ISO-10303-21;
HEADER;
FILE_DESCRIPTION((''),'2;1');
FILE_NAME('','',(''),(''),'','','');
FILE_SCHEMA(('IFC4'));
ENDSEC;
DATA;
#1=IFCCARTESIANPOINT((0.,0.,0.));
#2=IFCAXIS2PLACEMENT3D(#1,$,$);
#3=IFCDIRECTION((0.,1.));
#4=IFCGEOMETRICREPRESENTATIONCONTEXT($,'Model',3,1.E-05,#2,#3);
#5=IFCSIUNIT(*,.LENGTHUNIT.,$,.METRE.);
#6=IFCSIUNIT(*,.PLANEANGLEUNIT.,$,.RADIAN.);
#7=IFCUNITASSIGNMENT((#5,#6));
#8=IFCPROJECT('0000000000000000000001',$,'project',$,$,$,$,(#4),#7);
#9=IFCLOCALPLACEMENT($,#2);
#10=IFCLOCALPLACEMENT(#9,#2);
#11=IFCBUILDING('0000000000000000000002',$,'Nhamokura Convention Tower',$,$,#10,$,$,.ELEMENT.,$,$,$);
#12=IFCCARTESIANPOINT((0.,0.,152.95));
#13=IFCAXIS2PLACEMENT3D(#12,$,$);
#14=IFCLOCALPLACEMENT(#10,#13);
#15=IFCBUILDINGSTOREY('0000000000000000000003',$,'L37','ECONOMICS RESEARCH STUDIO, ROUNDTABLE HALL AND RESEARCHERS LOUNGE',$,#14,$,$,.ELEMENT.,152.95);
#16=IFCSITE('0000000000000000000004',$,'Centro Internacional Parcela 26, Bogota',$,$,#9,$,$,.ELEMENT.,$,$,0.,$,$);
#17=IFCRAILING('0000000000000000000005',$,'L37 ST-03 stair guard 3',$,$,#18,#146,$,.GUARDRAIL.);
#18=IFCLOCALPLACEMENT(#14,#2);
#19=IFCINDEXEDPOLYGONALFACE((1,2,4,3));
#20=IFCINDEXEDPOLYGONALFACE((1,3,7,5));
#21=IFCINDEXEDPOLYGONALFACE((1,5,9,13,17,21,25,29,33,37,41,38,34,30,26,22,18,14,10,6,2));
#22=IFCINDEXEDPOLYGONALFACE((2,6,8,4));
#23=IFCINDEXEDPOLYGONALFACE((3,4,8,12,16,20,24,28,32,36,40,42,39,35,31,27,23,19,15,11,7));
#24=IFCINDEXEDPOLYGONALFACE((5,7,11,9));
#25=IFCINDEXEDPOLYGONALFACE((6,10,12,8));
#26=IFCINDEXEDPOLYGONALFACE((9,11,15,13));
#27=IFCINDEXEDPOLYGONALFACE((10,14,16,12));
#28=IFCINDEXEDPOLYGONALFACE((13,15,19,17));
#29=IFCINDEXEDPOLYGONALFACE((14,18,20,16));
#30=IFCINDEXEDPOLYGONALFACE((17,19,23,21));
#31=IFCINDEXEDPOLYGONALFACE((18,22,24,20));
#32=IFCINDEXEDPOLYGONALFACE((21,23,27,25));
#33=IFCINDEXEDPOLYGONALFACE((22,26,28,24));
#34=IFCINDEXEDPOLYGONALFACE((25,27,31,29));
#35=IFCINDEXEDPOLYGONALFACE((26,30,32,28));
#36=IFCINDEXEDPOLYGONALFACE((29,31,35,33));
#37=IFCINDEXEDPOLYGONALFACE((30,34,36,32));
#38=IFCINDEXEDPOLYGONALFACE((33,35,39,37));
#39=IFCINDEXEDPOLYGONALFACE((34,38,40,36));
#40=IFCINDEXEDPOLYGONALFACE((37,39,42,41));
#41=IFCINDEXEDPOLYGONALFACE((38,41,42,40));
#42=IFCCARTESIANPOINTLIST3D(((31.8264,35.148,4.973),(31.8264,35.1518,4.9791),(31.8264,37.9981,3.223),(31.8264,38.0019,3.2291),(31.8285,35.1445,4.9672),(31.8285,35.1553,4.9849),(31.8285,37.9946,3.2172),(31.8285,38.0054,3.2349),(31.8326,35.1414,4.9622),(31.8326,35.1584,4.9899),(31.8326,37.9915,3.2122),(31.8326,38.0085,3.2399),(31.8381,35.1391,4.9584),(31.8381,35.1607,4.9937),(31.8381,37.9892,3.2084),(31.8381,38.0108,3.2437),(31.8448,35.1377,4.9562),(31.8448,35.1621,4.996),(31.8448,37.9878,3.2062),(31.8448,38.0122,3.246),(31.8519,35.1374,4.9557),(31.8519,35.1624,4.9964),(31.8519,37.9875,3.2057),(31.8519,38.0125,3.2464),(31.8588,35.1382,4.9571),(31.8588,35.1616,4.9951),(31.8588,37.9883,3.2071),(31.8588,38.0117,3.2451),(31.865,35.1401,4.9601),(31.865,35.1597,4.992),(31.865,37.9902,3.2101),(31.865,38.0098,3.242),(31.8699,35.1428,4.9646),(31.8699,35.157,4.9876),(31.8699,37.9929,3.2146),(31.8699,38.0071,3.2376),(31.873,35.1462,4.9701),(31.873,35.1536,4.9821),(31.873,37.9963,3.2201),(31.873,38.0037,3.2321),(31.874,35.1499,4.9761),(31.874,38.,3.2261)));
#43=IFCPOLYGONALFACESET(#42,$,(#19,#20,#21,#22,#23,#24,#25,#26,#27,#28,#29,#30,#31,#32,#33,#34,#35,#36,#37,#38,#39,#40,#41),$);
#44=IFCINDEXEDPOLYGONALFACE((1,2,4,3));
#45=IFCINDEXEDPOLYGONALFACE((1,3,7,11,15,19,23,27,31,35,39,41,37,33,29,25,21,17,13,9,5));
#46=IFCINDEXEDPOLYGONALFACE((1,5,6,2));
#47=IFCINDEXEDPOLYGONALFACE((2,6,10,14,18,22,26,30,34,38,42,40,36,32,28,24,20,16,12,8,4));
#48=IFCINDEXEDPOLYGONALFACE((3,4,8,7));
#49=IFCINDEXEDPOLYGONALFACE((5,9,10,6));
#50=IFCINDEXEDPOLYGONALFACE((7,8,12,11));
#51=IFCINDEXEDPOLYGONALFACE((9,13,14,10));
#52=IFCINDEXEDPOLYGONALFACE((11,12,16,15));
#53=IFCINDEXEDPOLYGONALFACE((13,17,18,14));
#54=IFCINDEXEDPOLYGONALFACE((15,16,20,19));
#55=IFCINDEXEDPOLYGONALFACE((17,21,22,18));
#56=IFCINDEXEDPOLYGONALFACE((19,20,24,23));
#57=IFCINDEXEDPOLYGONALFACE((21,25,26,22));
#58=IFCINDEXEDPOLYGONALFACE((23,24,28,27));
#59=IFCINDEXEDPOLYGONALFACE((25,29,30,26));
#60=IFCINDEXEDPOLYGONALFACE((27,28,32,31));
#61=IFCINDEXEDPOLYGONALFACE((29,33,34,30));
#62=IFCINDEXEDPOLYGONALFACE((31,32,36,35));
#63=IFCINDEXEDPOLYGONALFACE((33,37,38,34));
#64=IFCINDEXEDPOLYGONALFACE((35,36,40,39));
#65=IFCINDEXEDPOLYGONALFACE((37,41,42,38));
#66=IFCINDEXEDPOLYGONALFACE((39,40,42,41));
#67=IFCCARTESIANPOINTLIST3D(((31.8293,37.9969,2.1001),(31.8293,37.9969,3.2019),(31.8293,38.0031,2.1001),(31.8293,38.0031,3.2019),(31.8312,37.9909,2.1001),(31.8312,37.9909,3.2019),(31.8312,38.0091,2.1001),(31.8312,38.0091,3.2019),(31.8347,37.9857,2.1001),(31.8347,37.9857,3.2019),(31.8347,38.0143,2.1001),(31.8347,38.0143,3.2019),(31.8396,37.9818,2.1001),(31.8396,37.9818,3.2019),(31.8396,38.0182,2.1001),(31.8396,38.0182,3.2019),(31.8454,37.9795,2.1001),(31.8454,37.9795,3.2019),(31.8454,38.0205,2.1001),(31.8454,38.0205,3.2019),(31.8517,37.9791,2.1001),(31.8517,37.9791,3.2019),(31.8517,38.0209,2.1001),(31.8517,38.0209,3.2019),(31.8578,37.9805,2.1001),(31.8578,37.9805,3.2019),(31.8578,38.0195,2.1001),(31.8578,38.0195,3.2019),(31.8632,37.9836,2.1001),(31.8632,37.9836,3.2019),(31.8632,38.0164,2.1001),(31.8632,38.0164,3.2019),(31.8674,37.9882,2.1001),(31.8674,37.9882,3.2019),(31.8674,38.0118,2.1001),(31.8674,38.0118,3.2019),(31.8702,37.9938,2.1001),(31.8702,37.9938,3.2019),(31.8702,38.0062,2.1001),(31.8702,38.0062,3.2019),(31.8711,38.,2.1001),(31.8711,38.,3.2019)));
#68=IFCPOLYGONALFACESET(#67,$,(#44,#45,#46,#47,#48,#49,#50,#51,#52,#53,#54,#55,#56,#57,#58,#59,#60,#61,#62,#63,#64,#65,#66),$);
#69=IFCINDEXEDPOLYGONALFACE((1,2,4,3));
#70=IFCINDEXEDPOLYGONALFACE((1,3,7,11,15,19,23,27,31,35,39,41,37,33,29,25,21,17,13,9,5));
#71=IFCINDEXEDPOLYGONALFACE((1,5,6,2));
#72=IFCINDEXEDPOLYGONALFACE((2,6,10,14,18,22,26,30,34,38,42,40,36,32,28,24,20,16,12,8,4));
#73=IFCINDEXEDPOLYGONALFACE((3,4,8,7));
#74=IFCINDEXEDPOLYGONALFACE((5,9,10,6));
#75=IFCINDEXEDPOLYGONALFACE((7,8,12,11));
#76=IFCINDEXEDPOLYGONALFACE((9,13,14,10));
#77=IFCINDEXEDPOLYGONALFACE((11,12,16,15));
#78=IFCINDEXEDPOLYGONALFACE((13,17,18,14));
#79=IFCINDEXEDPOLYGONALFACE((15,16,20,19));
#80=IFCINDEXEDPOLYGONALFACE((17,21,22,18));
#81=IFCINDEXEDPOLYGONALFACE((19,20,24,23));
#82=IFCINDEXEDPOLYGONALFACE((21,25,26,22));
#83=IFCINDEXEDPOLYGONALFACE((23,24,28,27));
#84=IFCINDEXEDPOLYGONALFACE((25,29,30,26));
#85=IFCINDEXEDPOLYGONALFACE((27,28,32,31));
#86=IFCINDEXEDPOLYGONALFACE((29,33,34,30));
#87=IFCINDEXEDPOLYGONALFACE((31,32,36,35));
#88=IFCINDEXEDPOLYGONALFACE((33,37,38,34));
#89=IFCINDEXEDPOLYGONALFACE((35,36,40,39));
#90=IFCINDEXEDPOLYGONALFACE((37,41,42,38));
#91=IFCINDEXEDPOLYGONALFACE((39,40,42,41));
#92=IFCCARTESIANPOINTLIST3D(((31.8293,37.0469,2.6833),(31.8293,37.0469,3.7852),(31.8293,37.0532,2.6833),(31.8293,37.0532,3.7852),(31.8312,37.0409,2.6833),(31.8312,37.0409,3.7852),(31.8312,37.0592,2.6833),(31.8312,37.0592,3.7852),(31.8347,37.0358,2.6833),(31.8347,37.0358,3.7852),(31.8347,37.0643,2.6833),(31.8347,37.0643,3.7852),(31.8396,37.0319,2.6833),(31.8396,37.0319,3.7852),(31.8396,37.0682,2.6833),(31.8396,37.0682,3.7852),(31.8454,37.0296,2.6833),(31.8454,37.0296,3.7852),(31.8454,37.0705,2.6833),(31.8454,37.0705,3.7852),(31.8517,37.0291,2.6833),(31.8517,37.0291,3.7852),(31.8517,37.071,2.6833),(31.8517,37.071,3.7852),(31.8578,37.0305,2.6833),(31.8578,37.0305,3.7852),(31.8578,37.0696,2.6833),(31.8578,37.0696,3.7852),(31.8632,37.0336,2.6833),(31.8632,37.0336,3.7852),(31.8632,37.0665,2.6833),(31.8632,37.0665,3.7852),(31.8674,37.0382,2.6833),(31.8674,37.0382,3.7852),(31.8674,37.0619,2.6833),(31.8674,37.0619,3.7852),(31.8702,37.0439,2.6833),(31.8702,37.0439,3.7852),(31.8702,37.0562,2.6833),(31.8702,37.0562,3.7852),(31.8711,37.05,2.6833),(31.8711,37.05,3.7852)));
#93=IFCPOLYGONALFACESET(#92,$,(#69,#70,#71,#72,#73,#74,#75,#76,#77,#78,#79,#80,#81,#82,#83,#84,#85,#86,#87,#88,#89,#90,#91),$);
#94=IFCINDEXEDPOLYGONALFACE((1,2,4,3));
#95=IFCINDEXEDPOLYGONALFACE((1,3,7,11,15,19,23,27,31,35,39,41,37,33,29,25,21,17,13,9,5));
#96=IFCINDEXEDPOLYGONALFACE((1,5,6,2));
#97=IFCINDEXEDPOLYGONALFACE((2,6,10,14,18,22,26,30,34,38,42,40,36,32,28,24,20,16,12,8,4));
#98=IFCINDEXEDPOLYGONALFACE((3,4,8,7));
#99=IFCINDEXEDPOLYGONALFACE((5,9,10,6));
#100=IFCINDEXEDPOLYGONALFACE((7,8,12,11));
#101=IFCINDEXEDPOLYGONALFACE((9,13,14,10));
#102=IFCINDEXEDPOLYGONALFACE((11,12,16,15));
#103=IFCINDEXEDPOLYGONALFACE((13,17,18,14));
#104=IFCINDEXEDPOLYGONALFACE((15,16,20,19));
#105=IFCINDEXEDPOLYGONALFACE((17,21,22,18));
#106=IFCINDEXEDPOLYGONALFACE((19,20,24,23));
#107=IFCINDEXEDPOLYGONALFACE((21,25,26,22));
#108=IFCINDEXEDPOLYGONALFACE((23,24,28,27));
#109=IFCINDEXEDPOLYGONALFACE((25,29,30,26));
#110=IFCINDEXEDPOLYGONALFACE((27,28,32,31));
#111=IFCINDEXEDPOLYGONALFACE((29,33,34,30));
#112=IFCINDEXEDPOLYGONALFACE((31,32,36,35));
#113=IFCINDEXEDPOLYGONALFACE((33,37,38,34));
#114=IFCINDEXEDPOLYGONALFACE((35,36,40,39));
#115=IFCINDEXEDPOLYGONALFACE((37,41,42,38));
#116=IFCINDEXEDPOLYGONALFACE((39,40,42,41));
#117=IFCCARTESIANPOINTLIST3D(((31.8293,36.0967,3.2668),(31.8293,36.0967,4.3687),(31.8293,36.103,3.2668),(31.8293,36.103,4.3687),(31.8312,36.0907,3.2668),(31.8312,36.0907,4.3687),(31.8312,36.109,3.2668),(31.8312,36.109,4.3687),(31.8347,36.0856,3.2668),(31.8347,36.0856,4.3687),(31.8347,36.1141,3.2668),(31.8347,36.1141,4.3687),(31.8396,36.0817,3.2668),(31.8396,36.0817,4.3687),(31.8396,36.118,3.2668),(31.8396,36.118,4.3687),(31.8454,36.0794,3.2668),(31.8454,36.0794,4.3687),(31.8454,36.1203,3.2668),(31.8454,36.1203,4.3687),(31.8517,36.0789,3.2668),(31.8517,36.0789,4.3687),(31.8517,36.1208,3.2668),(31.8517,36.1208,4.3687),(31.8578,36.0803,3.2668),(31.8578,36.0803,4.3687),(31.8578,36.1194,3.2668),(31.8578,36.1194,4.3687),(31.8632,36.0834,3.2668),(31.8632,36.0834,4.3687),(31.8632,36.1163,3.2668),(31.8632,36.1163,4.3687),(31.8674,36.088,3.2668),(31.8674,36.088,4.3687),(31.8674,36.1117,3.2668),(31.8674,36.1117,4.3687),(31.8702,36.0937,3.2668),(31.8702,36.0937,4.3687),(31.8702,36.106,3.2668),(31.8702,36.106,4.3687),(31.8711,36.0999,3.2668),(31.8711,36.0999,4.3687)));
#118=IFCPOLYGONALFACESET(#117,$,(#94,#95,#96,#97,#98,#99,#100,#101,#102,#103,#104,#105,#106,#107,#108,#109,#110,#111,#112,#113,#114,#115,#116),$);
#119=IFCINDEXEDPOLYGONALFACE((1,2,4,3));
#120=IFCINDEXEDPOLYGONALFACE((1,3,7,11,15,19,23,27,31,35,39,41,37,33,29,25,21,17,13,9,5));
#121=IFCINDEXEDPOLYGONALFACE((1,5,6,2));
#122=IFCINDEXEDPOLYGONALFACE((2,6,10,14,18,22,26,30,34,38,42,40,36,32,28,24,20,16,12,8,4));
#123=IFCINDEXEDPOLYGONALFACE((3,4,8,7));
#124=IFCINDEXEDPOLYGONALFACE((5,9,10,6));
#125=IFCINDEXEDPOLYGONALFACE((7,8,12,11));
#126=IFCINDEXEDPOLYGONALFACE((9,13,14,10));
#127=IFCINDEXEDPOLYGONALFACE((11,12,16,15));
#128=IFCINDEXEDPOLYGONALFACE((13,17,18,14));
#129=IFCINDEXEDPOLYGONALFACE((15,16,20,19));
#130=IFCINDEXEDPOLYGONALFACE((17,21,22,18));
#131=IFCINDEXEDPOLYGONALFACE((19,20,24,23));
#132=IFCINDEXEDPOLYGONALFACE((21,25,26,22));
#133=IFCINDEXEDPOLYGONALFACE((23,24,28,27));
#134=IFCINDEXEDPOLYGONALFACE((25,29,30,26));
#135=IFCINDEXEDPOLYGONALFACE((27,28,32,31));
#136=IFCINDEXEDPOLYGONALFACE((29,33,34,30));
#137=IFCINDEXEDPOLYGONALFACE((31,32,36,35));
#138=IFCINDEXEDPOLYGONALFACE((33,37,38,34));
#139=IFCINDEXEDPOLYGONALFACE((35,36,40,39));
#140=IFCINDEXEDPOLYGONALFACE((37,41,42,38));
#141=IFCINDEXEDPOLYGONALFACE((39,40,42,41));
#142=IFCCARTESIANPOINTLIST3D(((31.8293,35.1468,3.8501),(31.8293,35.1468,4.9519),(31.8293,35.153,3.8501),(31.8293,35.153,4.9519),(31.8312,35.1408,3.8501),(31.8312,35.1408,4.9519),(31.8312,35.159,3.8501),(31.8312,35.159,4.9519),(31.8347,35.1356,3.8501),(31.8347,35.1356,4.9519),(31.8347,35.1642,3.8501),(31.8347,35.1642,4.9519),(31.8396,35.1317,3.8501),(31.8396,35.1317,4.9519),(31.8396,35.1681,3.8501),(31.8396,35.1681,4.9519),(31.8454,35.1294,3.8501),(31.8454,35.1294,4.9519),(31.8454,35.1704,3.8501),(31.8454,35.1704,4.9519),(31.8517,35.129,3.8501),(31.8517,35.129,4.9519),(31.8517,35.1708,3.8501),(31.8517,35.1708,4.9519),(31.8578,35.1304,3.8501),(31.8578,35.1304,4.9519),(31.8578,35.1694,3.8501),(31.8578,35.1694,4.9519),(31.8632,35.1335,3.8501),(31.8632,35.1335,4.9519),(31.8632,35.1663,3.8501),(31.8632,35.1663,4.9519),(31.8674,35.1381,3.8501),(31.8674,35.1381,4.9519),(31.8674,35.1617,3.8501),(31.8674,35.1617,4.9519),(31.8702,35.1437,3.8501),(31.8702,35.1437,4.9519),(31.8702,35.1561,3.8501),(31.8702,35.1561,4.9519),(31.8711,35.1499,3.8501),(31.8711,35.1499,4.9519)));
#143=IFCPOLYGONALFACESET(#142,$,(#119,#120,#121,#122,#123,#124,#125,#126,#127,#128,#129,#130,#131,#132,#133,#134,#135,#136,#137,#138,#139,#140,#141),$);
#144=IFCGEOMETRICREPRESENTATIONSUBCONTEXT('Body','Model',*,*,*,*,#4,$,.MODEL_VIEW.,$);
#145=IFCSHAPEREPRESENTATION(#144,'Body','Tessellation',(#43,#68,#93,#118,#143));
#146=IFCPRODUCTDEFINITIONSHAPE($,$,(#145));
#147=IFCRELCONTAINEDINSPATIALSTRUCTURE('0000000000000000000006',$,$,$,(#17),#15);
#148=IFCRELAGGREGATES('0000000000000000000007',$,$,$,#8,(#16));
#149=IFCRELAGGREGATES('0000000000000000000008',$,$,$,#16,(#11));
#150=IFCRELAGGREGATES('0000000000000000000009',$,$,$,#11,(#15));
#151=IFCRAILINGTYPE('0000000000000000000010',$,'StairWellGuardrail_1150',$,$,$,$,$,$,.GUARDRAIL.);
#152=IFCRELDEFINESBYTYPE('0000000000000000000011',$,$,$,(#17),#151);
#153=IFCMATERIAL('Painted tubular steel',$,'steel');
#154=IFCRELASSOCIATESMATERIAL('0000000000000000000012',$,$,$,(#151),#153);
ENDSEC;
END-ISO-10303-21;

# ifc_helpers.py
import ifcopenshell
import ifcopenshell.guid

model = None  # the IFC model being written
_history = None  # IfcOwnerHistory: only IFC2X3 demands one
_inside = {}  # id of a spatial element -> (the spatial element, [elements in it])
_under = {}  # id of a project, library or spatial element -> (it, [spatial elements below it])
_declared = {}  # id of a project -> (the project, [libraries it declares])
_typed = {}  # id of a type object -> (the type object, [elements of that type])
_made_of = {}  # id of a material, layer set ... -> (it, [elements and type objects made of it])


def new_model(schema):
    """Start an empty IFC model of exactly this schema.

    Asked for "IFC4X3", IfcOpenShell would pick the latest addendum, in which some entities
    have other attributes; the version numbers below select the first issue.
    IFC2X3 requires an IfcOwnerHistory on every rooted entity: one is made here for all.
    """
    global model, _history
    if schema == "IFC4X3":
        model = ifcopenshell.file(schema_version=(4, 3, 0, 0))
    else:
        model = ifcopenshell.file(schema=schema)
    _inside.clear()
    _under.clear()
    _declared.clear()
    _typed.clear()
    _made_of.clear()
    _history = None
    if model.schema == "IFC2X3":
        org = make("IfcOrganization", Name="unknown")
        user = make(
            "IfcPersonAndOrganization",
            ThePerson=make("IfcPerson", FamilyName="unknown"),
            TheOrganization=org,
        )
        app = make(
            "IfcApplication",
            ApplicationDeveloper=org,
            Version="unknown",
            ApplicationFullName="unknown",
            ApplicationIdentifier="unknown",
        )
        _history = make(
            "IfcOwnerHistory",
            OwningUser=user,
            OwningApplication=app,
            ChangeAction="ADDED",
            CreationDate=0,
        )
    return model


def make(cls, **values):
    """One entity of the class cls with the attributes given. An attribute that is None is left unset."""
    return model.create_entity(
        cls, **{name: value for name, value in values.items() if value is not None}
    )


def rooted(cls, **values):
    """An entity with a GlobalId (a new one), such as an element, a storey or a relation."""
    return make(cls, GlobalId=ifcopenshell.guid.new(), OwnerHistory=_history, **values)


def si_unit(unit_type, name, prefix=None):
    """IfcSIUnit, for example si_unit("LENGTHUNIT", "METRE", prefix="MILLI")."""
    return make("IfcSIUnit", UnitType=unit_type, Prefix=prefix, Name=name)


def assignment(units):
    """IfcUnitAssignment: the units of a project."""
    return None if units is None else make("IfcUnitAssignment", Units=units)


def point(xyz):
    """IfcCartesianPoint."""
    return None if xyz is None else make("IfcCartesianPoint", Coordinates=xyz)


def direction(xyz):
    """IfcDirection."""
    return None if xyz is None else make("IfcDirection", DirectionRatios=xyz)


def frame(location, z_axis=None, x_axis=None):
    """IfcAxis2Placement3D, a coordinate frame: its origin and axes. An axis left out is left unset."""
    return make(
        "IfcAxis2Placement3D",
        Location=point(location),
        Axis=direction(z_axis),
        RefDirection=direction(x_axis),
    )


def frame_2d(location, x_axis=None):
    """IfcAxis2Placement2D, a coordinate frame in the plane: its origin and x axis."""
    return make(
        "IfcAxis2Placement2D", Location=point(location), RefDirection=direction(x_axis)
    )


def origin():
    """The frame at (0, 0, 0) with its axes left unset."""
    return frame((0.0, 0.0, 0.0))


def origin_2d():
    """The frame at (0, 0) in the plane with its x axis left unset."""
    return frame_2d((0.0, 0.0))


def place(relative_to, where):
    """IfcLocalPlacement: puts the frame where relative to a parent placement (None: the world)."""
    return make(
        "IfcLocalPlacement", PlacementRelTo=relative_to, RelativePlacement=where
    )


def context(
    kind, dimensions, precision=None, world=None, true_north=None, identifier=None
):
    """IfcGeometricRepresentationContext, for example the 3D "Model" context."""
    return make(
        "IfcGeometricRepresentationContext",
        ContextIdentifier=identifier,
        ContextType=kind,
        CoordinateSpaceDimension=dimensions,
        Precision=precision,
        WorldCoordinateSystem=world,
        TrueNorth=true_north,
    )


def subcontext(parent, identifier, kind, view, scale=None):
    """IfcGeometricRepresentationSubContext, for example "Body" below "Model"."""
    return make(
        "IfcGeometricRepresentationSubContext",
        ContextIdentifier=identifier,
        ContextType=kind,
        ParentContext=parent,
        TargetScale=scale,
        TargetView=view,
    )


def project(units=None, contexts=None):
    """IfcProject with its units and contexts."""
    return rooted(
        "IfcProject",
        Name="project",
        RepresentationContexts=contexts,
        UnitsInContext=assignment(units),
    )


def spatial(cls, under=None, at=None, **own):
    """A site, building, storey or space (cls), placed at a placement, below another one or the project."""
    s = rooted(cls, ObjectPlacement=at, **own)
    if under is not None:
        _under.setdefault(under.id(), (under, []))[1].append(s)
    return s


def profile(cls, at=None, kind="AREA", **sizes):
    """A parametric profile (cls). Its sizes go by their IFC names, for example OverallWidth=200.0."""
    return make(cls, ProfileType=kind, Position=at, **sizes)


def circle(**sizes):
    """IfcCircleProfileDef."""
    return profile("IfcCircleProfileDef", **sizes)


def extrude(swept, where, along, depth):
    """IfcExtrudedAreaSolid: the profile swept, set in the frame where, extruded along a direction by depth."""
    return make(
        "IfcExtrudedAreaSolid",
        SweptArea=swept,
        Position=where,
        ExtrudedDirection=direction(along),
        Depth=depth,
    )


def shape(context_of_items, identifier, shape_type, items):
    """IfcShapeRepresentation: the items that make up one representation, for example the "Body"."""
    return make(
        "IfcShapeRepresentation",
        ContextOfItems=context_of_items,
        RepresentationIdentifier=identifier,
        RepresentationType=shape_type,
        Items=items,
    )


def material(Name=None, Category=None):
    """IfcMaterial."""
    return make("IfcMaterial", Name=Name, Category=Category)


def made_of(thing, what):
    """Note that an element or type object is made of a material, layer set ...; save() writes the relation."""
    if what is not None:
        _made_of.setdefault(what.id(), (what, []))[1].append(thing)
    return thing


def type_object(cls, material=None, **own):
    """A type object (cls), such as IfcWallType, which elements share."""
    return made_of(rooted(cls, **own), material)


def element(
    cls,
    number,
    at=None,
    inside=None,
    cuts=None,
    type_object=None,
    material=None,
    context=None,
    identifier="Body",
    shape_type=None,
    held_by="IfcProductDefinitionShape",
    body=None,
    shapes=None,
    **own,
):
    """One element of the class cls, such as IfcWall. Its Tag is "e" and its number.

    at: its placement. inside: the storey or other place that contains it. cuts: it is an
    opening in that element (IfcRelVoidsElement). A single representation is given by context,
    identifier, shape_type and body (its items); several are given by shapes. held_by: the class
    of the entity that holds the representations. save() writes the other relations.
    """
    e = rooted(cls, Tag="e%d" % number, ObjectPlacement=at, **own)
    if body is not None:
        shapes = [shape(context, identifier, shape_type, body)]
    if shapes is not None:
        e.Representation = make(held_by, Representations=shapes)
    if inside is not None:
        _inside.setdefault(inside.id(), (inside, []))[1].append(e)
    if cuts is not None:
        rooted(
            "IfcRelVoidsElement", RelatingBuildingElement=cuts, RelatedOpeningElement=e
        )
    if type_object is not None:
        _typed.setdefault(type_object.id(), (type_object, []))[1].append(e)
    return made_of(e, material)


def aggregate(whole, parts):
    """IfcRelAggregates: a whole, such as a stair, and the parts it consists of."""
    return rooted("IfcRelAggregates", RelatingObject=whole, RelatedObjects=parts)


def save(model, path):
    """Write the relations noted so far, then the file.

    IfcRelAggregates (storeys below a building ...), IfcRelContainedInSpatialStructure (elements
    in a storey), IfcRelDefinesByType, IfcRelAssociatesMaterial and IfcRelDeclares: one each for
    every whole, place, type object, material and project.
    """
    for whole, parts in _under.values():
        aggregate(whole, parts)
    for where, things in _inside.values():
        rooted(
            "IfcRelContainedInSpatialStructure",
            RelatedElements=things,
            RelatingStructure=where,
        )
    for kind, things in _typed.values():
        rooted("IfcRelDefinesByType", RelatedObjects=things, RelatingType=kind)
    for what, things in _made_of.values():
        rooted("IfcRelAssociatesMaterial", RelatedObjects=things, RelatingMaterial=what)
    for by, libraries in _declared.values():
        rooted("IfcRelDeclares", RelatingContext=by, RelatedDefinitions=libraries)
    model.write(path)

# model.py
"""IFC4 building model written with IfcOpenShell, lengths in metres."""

from ifc_helpers import new_model, si_unit, direction, frame, origin, origin_2d, place, context, subcontext, project, spatial, circle, extrude, material, type_object, element, save


model = new_model("IFC4")

# Units and contexts
model_context = context("Model", 3, precision=1e-05, world=origin(), true_north=direction((0.0, 1.0)))
body_context = subcontext(model_context, "Body", "Model", "MODEL_VIEW")
ifc_project = project(units=[si_unit("LENGTHUNIT", "METRE"), si_unit("PLANEANGLEUNIT", "RADIAN")], contexts=[model_context])

# Site, building, storey
site_placement = place(None, origin())
site = spatial("IfcSite", under=ifc_project, at=site_placement, Name="Centro Internacional Parcela 26, Bogota", CompositionType="ELEMENT", RefElevation=0.0)
building_placement = place(site_placement, origin())
building = spatial("IfcBuilding", under=site, at=building_placement, Name="Nhamokura Convention Tower", CompositionType="ELEMENT")
storey_placement = place(building_placement, frame((0.0, 0.0, 152.95)))
storey = spatial("IfcBuildingStorey", under=building, at=storey_placement, Name="L37", Description="ECONOMICS RESEARCH STUDIO, ROUNDTABLE HALL AND RESEARCHERS LOUNGE", CompositionType="ELEMENT", Elevation=152.95)

# Railing
ifc_material_1 = material(Name="Painted tubular steel", Category="steel")
railing_type_1 = type_object("IfcRailingType", Name="StairWellGuardrail_1150", PredefinedType="GUARDRAIL", material=ifc_material_1)
railing_1_placement = place(storey_placement, frame((31.8501, 38.0, 2.1001)))
element("IfcRailing", 1, at=railing_1_placement, inside=storey, type_object=railing_type_1, Name="L37 ST-03 stair guard 3", PredefinedType="GUARDRAIL", context=body_context, shape_type="SweptSolid", body=[
    extrude(circle(Radius=0.0239, at=origin_2d()), frame((0.0, 0.0, 1.126), z_axis=(0.0, -0.852179, 0.52325), x_axis=(1.0, 0.0, 0.0)), (0.0, 0.0, 1.0), 3.3445),
    extrude(circle(Radius=0.021, at=origin_2d()), origin(), (0.0, 0.0, 1.0), 1.1018),
    extrude(circle(Radius=0.021, at=origin_2d()), frame((0.0, -0.95, 0.5833)), (0.0, 0.0, 1.0), 1.1018),
    extrude(circle(Radius=0.021, at=origin_2d()), frame((0.0, -1.9001, 1.1667)), (0.0, 0.0, 1.0), 1.1018),
    extrude(circle(Radius=0.021, at=origin_2d()), frame((0.0, -2.8501, 1.75)), (0.0, 0.0, 1.0), 1.1018),
])

save(model, "model.ifc")
